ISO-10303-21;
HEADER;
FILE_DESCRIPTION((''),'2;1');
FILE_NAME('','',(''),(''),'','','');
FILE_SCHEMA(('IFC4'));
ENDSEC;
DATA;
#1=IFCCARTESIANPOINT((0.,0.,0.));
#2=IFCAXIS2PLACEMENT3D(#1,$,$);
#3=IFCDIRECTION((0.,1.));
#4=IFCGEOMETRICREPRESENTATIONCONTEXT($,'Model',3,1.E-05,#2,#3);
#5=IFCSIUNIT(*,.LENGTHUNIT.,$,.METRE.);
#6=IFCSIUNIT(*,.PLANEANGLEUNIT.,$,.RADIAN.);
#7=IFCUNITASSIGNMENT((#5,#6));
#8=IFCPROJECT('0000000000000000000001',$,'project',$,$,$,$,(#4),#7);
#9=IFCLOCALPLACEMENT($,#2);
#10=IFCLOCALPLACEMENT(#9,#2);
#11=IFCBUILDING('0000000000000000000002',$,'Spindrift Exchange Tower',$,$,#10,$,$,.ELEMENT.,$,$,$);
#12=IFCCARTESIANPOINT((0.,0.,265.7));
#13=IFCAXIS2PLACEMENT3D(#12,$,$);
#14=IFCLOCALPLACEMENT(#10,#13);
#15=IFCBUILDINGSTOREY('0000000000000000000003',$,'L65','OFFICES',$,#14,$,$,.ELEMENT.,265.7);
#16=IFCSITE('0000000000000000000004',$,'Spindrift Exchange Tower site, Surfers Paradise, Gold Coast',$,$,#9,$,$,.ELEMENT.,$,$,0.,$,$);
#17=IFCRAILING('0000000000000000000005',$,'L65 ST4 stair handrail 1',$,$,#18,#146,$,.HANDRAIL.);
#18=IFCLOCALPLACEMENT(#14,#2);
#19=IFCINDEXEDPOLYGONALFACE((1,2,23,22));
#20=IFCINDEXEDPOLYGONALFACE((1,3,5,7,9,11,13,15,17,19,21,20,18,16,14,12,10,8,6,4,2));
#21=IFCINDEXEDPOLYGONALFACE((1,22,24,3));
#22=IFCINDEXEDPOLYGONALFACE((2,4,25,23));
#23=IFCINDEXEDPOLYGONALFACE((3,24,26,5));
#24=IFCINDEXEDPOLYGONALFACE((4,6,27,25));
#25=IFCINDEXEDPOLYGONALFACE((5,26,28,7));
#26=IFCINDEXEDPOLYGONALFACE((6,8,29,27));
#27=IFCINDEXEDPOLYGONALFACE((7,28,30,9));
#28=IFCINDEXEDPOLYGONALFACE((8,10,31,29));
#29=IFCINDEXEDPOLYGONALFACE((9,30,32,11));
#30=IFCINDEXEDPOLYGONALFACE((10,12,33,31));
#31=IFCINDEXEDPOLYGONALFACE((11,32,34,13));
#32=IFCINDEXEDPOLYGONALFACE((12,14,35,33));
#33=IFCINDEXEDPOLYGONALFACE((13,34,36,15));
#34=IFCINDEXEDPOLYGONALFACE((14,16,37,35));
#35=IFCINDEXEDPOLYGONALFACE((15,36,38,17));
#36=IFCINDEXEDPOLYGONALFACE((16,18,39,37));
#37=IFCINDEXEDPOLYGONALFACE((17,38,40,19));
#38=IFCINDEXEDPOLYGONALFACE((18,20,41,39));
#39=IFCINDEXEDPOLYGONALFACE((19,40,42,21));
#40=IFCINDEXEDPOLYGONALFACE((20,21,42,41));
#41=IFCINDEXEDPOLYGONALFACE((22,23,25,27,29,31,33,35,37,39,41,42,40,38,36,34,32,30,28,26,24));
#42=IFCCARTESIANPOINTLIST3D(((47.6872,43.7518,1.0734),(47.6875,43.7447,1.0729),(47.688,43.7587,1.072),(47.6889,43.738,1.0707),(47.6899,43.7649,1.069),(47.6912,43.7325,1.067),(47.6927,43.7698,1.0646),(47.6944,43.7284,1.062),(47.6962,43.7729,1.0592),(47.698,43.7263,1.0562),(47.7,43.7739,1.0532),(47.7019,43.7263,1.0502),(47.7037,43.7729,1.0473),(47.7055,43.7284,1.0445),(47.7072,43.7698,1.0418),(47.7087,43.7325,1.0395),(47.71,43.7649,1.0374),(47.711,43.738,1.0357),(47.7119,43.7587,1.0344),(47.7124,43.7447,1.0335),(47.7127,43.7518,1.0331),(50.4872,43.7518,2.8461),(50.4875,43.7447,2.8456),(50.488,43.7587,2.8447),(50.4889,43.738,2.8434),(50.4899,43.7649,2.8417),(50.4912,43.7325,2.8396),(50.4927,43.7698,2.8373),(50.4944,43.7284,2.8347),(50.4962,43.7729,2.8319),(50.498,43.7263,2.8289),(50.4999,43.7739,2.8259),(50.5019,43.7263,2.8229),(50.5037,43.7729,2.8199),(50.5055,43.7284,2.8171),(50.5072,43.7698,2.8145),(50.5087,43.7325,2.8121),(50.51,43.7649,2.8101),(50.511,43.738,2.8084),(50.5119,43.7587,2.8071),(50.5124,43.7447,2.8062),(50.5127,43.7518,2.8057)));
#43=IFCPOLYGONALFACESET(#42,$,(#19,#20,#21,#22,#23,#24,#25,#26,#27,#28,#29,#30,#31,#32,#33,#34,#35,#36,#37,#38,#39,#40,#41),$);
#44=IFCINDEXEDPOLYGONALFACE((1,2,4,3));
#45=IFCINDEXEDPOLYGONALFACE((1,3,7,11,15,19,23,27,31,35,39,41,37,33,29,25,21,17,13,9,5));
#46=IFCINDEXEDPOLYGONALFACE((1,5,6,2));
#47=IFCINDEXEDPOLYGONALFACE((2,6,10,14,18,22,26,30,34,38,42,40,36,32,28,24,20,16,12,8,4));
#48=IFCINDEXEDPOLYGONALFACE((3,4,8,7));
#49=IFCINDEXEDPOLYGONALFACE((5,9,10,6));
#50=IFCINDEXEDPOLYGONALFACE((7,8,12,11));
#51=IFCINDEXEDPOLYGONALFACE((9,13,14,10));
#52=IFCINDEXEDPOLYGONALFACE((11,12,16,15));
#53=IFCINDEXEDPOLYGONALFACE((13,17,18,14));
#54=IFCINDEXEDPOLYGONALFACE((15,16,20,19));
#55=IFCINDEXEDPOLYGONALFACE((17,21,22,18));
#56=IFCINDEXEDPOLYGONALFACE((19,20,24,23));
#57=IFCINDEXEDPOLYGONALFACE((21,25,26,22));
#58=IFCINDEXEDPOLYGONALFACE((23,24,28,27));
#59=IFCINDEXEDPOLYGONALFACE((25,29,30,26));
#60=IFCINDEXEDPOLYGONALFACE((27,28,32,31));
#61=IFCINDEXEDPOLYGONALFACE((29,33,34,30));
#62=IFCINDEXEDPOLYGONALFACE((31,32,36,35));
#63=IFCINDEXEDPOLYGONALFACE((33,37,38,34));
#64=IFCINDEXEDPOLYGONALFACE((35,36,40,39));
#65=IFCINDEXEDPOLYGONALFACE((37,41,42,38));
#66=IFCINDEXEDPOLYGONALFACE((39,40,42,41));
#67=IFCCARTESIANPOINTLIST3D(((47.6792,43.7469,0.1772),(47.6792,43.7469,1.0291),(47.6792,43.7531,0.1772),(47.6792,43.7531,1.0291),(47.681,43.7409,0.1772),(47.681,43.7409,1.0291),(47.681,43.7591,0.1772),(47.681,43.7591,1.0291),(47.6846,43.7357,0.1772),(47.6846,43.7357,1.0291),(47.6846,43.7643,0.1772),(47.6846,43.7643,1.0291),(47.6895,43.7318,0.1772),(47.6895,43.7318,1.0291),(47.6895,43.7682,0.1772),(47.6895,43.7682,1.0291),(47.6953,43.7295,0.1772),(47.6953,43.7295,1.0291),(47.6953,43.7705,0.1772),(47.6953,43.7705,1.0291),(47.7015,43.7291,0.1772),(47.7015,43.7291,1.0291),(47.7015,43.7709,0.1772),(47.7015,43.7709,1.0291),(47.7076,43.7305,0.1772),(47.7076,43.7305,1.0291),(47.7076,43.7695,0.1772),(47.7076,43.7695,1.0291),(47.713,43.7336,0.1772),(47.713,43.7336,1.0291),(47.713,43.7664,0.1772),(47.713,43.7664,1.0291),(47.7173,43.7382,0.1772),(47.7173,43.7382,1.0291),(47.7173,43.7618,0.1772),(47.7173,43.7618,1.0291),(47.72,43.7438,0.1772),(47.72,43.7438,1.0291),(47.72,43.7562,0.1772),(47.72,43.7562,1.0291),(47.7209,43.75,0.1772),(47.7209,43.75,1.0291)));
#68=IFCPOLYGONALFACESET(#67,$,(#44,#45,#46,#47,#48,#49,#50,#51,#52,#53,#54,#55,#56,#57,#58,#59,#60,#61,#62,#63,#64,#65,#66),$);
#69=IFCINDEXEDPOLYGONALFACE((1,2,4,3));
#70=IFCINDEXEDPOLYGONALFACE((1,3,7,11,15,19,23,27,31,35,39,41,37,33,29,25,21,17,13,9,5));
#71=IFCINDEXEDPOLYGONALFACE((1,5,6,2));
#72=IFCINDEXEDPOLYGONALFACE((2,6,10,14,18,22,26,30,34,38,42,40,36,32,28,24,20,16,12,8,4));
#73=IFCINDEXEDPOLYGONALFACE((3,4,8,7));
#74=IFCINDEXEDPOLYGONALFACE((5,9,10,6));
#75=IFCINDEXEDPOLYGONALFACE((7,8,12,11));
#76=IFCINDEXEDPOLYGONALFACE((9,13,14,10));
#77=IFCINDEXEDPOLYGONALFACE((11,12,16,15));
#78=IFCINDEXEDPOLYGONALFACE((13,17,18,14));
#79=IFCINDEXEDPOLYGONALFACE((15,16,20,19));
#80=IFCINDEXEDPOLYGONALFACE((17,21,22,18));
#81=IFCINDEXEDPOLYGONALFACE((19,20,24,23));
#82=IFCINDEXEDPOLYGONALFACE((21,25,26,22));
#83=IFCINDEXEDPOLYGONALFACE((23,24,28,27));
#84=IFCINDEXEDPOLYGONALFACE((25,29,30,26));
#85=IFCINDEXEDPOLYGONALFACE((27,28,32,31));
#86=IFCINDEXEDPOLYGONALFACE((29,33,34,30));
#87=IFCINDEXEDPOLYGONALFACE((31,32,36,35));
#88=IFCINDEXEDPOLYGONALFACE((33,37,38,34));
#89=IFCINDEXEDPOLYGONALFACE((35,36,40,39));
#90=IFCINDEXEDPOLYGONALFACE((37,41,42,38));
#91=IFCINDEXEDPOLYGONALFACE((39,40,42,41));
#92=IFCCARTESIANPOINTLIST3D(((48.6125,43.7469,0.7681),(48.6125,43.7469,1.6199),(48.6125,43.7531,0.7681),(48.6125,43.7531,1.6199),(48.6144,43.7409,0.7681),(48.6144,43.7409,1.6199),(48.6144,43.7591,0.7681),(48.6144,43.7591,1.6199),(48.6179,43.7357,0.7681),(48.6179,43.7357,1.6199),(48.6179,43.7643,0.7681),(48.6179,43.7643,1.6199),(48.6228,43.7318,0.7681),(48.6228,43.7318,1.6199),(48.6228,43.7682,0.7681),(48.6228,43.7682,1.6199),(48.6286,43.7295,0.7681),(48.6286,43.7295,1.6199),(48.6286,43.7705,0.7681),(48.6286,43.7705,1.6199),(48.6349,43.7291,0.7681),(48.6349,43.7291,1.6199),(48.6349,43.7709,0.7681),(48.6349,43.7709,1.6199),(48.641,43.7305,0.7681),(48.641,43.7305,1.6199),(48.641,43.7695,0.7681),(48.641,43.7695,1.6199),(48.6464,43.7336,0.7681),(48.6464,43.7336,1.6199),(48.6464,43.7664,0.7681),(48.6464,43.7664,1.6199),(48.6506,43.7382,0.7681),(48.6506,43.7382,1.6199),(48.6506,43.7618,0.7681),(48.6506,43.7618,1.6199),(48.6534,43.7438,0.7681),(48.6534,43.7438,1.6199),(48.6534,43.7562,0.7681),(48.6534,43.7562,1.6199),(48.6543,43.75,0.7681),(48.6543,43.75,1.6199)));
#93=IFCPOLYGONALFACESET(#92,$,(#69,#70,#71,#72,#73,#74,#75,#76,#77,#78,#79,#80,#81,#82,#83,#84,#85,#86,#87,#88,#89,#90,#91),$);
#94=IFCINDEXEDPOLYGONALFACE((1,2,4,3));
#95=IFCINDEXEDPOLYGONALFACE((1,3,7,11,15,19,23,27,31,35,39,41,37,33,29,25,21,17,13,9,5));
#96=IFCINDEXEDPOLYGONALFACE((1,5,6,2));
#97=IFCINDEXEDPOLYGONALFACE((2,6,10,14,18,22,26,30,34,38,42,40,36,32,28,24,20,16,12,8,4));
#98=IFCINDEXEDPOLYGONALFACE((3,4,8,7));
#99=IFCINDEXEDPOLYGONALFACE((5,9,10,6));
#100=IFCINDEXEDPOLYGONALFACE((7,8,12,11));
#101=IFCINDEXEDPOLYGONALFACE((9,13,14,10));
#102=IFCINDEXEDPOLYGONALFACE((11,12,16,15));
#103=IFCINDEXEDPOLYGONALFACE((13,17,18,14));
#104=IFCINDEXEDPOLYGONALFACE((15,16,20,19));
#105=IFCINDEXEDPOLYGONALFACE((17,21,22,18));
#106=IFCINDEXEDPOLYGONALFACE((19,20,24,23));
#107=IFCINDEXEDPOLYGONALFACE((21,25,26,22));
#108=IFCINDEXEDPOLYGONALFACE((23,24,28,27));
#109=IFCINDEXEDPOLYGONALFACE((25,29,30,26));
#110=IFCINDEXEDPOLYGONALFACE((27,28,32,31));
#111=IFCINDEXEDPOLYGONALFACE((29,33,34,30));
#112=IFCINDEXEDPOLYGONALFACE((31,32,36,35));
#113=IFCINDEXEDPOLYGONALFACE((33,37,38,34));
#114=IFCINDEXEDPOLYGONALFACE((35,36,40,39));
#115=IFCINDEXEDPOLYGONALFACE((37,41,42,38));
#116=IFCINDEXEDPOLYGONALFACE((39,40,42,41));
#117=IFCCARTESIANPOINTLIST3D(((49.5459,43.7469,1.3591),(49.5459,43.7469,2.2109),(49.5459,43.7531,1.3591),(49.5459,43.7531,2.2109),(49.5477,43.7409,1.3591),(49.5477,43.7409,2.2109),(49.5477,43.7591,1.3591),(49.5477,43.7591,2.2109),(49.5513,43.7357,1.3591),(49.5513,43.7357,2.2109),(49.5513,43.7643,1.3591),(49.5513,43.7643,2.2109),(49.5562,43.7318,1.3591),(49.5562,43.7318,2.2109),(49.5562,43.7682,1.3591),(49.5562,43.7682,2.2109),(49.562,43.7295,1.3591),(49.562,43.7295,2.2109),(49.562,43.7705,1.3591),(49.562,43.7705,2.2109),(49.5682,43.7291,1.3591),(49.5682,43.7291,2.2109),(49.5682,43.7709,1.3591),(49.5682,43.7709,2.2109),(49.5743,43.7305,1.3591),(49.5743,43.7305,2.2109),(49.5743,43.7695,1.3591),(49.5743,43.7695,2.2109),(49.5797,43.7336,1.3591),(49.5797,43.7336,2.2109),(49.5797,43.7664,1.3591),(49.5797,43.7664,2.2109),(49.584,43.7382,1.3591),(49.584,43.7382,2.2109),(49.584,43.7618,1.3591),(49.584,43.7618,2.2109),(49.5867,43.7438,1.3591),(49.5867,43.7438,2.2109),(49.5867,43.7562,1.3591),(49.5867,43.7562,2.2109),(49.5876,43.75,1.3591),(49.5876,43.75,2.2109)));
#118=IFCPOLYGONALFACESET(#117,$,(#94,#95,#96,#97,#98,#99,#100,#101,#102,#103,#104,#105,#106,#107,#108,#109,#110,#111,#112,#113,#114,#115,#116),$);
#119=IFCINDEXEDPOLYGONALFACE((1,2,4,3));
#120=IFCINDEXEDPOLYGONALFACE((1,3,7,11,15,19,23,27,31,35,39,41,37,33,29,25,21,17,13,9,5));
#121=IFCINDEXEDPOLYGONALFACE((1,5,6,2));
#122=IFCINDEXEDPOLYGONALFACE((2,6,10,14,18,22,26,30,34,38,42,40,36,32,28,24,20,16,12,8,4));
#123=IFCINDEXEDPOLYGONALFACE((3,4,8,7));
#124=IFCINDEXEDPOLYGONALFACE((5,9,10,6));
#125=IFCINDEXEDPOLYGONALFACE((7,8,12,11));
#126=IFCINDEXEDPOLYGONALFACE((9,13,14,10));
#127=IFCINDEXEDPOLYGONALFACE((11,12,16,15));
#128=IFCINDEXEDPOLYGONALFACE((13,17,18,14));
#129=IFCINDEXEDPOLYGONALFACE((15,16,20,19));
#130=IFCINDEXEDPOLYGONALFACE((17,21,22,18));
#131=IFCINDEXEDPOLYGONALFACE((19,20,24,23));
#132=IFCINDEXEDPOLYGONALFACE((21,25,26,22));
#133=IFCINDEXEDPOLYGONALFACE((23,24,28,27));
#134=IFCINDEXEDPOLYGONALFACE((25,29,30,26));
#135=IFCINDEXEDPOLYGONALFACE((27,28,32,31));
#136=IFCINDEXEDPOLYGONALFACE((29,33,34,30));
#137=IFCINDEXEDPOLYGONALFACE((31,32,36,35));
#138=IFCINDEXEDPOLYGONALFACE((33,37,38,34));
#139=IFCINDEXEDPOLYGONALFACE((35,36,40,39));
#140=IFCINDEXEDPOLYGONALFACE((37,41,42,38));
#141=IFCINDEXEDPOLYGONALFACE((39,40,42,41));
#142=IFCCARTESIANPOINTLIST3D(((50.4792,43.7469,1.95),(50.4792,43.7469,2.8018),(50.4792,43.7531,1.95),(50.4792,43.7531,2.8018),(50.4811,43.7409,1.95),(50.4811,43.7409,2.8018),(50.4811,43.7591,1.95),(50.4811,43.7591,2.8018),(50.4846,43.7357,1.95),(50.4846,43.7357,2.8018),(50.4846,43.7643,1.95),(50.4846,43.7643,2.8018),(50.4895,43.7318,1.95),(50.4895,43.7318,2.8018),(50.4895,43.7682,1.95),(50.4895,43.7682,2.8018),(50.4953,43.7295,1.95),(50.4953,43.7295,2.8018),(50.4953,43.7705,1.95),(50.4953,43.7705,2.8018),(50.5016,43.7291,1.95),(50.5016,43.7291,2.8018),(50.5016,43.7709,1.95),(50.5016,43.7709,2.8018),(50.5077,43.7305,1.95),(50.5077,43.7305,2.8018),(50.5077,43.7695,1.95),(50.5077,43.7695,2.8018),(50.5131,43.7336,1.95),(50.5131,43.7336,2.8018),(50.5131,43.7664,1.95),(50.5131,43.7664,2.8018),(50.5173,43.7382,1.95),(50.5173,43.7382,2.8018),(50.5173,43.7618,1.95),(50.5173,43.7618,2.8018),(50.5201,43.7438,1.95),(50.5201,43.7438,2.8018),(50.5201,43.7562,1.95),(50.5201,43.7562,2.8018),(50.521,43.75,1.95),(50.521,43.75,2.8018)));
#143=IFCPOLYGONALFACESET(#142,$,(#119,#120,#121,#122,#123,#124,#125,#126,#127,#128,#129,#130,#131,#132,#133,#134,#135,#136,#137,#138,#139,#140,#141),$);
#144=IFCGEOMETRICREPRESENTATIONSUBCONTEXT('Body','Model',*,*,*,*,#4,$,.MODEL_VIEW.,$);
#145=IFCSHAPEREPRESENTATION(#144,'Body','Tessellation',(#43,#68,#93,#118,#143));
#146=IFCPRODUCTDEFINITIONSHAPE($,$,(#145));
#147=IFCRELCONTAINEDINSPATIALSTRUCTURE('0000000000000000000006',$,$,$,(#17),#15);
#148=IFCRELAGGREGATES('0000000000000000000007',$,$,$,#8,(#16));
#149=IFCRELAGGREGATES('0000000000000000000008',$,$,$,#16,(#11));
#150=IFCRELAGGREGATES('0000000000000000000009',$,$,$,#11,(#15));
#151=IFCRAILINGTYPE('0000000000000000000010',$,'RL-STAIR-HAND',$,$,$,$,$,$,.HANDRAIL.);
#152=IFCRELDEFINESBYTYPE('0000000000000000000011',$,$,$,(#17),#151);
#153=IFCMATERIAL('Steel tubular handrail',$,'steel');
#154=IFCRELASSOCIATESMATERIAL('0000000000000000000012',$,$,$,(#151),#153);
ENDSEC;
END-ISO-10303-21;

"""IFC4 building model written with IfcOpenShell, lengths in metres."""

from ifc_helpers import new_model, si_unit, direction, frame, origin, origin_2d, place, context, subcontext, project, spatial, circle, extrude, material, type_object, element, save


model = new_model("IFC4")

# Units and contexts
model_context = context("Model", 3, precision=1e-05, world=origin(), true_north=direction((0.0, 1.0)))
body_context = subcontext(model_context, "Body", "Model", "MODEL_VIEW")
ifc_project = project(units=[si_unit("LENGTHUNIT", "METRE"), si_unit("PLANEANGLEUNIT", "RADIAN")], contexts=[model_context])

# Site, building, storey
site_placement = place(None, origin())
site = spatial("IfcSite", under=ifc_project, at=site_placement, Name="Spindrift Exchange Tower site, Surfers Paradise, Gold Coast", CompositionType="ELEMENT", RefElevation=0.0)
building_placement = place(site_placement, origin())
building = spatial("IfcBuilding", under=site, at=building_placement, Name="Spindrift Exchange Tower", CompositionType="ELEMENT")
storey_placement = place(building_placement, frame((0.0, 0.0, 265.7)))
storey = spatial("IfcBuildingStorey", under=building, at=storey_placement, Name="L65", Description="OFFICES", CompositionType="ELEMENT", Elevation=265.7)

# Railing
ifc_material_1 = material(Name="Steel tubular handrail", Category="steel")
railing_type_1 = type_object("IfcRailingType", Name="RL-STAIR-HAND", PredefinedType="HANDRAIL", material=ifc_material_1)
railing_1_placement = place(storey_placement, frame((47.7, 43.75, 0.1772)))
element("IfcRailing", 1, at=railing_1_placement, inside=storey, type_object=railing_type_1, Name="L65 ST4 stair handrail 1", PredefinedType="HANDRAIL", context=body_context, shape_type="SweptSolid", body=[
    extrude(circle(Radius=0.0239, at=origin_2d()), frame((0.0, 0.0, 0.876), z_axis=(0.844909, 0.0, 0.53491), x_axis=(0.0, 1.0, 0.0)), (0.0, 0.0, 1.0), 3.314),
    extrude(circle(Radius=0.021, at=origin_2d()), origin(), (0.0, 0.0, 1.0), 0.8518),
    extrude(circle(Radius=0.021, at=origin_2d()), frame((0.9333, 0.0, 0.5908)), (0.0, 0.0, 1.0), 0.8518),
    extrude(circle(Radius=0.021, at=origin_2d()), frame((1.8667, 0.0, 1.1819)), (0.0, 0.0, 1.0), 0.8518),
    extrude(circle(Radius=0.021, at=origin_2d()), frame((2.8, 0.0, 1.7727)), (0.0, 0.0, 1.0), 0.8518),
])

save(model, "model.ifc")
